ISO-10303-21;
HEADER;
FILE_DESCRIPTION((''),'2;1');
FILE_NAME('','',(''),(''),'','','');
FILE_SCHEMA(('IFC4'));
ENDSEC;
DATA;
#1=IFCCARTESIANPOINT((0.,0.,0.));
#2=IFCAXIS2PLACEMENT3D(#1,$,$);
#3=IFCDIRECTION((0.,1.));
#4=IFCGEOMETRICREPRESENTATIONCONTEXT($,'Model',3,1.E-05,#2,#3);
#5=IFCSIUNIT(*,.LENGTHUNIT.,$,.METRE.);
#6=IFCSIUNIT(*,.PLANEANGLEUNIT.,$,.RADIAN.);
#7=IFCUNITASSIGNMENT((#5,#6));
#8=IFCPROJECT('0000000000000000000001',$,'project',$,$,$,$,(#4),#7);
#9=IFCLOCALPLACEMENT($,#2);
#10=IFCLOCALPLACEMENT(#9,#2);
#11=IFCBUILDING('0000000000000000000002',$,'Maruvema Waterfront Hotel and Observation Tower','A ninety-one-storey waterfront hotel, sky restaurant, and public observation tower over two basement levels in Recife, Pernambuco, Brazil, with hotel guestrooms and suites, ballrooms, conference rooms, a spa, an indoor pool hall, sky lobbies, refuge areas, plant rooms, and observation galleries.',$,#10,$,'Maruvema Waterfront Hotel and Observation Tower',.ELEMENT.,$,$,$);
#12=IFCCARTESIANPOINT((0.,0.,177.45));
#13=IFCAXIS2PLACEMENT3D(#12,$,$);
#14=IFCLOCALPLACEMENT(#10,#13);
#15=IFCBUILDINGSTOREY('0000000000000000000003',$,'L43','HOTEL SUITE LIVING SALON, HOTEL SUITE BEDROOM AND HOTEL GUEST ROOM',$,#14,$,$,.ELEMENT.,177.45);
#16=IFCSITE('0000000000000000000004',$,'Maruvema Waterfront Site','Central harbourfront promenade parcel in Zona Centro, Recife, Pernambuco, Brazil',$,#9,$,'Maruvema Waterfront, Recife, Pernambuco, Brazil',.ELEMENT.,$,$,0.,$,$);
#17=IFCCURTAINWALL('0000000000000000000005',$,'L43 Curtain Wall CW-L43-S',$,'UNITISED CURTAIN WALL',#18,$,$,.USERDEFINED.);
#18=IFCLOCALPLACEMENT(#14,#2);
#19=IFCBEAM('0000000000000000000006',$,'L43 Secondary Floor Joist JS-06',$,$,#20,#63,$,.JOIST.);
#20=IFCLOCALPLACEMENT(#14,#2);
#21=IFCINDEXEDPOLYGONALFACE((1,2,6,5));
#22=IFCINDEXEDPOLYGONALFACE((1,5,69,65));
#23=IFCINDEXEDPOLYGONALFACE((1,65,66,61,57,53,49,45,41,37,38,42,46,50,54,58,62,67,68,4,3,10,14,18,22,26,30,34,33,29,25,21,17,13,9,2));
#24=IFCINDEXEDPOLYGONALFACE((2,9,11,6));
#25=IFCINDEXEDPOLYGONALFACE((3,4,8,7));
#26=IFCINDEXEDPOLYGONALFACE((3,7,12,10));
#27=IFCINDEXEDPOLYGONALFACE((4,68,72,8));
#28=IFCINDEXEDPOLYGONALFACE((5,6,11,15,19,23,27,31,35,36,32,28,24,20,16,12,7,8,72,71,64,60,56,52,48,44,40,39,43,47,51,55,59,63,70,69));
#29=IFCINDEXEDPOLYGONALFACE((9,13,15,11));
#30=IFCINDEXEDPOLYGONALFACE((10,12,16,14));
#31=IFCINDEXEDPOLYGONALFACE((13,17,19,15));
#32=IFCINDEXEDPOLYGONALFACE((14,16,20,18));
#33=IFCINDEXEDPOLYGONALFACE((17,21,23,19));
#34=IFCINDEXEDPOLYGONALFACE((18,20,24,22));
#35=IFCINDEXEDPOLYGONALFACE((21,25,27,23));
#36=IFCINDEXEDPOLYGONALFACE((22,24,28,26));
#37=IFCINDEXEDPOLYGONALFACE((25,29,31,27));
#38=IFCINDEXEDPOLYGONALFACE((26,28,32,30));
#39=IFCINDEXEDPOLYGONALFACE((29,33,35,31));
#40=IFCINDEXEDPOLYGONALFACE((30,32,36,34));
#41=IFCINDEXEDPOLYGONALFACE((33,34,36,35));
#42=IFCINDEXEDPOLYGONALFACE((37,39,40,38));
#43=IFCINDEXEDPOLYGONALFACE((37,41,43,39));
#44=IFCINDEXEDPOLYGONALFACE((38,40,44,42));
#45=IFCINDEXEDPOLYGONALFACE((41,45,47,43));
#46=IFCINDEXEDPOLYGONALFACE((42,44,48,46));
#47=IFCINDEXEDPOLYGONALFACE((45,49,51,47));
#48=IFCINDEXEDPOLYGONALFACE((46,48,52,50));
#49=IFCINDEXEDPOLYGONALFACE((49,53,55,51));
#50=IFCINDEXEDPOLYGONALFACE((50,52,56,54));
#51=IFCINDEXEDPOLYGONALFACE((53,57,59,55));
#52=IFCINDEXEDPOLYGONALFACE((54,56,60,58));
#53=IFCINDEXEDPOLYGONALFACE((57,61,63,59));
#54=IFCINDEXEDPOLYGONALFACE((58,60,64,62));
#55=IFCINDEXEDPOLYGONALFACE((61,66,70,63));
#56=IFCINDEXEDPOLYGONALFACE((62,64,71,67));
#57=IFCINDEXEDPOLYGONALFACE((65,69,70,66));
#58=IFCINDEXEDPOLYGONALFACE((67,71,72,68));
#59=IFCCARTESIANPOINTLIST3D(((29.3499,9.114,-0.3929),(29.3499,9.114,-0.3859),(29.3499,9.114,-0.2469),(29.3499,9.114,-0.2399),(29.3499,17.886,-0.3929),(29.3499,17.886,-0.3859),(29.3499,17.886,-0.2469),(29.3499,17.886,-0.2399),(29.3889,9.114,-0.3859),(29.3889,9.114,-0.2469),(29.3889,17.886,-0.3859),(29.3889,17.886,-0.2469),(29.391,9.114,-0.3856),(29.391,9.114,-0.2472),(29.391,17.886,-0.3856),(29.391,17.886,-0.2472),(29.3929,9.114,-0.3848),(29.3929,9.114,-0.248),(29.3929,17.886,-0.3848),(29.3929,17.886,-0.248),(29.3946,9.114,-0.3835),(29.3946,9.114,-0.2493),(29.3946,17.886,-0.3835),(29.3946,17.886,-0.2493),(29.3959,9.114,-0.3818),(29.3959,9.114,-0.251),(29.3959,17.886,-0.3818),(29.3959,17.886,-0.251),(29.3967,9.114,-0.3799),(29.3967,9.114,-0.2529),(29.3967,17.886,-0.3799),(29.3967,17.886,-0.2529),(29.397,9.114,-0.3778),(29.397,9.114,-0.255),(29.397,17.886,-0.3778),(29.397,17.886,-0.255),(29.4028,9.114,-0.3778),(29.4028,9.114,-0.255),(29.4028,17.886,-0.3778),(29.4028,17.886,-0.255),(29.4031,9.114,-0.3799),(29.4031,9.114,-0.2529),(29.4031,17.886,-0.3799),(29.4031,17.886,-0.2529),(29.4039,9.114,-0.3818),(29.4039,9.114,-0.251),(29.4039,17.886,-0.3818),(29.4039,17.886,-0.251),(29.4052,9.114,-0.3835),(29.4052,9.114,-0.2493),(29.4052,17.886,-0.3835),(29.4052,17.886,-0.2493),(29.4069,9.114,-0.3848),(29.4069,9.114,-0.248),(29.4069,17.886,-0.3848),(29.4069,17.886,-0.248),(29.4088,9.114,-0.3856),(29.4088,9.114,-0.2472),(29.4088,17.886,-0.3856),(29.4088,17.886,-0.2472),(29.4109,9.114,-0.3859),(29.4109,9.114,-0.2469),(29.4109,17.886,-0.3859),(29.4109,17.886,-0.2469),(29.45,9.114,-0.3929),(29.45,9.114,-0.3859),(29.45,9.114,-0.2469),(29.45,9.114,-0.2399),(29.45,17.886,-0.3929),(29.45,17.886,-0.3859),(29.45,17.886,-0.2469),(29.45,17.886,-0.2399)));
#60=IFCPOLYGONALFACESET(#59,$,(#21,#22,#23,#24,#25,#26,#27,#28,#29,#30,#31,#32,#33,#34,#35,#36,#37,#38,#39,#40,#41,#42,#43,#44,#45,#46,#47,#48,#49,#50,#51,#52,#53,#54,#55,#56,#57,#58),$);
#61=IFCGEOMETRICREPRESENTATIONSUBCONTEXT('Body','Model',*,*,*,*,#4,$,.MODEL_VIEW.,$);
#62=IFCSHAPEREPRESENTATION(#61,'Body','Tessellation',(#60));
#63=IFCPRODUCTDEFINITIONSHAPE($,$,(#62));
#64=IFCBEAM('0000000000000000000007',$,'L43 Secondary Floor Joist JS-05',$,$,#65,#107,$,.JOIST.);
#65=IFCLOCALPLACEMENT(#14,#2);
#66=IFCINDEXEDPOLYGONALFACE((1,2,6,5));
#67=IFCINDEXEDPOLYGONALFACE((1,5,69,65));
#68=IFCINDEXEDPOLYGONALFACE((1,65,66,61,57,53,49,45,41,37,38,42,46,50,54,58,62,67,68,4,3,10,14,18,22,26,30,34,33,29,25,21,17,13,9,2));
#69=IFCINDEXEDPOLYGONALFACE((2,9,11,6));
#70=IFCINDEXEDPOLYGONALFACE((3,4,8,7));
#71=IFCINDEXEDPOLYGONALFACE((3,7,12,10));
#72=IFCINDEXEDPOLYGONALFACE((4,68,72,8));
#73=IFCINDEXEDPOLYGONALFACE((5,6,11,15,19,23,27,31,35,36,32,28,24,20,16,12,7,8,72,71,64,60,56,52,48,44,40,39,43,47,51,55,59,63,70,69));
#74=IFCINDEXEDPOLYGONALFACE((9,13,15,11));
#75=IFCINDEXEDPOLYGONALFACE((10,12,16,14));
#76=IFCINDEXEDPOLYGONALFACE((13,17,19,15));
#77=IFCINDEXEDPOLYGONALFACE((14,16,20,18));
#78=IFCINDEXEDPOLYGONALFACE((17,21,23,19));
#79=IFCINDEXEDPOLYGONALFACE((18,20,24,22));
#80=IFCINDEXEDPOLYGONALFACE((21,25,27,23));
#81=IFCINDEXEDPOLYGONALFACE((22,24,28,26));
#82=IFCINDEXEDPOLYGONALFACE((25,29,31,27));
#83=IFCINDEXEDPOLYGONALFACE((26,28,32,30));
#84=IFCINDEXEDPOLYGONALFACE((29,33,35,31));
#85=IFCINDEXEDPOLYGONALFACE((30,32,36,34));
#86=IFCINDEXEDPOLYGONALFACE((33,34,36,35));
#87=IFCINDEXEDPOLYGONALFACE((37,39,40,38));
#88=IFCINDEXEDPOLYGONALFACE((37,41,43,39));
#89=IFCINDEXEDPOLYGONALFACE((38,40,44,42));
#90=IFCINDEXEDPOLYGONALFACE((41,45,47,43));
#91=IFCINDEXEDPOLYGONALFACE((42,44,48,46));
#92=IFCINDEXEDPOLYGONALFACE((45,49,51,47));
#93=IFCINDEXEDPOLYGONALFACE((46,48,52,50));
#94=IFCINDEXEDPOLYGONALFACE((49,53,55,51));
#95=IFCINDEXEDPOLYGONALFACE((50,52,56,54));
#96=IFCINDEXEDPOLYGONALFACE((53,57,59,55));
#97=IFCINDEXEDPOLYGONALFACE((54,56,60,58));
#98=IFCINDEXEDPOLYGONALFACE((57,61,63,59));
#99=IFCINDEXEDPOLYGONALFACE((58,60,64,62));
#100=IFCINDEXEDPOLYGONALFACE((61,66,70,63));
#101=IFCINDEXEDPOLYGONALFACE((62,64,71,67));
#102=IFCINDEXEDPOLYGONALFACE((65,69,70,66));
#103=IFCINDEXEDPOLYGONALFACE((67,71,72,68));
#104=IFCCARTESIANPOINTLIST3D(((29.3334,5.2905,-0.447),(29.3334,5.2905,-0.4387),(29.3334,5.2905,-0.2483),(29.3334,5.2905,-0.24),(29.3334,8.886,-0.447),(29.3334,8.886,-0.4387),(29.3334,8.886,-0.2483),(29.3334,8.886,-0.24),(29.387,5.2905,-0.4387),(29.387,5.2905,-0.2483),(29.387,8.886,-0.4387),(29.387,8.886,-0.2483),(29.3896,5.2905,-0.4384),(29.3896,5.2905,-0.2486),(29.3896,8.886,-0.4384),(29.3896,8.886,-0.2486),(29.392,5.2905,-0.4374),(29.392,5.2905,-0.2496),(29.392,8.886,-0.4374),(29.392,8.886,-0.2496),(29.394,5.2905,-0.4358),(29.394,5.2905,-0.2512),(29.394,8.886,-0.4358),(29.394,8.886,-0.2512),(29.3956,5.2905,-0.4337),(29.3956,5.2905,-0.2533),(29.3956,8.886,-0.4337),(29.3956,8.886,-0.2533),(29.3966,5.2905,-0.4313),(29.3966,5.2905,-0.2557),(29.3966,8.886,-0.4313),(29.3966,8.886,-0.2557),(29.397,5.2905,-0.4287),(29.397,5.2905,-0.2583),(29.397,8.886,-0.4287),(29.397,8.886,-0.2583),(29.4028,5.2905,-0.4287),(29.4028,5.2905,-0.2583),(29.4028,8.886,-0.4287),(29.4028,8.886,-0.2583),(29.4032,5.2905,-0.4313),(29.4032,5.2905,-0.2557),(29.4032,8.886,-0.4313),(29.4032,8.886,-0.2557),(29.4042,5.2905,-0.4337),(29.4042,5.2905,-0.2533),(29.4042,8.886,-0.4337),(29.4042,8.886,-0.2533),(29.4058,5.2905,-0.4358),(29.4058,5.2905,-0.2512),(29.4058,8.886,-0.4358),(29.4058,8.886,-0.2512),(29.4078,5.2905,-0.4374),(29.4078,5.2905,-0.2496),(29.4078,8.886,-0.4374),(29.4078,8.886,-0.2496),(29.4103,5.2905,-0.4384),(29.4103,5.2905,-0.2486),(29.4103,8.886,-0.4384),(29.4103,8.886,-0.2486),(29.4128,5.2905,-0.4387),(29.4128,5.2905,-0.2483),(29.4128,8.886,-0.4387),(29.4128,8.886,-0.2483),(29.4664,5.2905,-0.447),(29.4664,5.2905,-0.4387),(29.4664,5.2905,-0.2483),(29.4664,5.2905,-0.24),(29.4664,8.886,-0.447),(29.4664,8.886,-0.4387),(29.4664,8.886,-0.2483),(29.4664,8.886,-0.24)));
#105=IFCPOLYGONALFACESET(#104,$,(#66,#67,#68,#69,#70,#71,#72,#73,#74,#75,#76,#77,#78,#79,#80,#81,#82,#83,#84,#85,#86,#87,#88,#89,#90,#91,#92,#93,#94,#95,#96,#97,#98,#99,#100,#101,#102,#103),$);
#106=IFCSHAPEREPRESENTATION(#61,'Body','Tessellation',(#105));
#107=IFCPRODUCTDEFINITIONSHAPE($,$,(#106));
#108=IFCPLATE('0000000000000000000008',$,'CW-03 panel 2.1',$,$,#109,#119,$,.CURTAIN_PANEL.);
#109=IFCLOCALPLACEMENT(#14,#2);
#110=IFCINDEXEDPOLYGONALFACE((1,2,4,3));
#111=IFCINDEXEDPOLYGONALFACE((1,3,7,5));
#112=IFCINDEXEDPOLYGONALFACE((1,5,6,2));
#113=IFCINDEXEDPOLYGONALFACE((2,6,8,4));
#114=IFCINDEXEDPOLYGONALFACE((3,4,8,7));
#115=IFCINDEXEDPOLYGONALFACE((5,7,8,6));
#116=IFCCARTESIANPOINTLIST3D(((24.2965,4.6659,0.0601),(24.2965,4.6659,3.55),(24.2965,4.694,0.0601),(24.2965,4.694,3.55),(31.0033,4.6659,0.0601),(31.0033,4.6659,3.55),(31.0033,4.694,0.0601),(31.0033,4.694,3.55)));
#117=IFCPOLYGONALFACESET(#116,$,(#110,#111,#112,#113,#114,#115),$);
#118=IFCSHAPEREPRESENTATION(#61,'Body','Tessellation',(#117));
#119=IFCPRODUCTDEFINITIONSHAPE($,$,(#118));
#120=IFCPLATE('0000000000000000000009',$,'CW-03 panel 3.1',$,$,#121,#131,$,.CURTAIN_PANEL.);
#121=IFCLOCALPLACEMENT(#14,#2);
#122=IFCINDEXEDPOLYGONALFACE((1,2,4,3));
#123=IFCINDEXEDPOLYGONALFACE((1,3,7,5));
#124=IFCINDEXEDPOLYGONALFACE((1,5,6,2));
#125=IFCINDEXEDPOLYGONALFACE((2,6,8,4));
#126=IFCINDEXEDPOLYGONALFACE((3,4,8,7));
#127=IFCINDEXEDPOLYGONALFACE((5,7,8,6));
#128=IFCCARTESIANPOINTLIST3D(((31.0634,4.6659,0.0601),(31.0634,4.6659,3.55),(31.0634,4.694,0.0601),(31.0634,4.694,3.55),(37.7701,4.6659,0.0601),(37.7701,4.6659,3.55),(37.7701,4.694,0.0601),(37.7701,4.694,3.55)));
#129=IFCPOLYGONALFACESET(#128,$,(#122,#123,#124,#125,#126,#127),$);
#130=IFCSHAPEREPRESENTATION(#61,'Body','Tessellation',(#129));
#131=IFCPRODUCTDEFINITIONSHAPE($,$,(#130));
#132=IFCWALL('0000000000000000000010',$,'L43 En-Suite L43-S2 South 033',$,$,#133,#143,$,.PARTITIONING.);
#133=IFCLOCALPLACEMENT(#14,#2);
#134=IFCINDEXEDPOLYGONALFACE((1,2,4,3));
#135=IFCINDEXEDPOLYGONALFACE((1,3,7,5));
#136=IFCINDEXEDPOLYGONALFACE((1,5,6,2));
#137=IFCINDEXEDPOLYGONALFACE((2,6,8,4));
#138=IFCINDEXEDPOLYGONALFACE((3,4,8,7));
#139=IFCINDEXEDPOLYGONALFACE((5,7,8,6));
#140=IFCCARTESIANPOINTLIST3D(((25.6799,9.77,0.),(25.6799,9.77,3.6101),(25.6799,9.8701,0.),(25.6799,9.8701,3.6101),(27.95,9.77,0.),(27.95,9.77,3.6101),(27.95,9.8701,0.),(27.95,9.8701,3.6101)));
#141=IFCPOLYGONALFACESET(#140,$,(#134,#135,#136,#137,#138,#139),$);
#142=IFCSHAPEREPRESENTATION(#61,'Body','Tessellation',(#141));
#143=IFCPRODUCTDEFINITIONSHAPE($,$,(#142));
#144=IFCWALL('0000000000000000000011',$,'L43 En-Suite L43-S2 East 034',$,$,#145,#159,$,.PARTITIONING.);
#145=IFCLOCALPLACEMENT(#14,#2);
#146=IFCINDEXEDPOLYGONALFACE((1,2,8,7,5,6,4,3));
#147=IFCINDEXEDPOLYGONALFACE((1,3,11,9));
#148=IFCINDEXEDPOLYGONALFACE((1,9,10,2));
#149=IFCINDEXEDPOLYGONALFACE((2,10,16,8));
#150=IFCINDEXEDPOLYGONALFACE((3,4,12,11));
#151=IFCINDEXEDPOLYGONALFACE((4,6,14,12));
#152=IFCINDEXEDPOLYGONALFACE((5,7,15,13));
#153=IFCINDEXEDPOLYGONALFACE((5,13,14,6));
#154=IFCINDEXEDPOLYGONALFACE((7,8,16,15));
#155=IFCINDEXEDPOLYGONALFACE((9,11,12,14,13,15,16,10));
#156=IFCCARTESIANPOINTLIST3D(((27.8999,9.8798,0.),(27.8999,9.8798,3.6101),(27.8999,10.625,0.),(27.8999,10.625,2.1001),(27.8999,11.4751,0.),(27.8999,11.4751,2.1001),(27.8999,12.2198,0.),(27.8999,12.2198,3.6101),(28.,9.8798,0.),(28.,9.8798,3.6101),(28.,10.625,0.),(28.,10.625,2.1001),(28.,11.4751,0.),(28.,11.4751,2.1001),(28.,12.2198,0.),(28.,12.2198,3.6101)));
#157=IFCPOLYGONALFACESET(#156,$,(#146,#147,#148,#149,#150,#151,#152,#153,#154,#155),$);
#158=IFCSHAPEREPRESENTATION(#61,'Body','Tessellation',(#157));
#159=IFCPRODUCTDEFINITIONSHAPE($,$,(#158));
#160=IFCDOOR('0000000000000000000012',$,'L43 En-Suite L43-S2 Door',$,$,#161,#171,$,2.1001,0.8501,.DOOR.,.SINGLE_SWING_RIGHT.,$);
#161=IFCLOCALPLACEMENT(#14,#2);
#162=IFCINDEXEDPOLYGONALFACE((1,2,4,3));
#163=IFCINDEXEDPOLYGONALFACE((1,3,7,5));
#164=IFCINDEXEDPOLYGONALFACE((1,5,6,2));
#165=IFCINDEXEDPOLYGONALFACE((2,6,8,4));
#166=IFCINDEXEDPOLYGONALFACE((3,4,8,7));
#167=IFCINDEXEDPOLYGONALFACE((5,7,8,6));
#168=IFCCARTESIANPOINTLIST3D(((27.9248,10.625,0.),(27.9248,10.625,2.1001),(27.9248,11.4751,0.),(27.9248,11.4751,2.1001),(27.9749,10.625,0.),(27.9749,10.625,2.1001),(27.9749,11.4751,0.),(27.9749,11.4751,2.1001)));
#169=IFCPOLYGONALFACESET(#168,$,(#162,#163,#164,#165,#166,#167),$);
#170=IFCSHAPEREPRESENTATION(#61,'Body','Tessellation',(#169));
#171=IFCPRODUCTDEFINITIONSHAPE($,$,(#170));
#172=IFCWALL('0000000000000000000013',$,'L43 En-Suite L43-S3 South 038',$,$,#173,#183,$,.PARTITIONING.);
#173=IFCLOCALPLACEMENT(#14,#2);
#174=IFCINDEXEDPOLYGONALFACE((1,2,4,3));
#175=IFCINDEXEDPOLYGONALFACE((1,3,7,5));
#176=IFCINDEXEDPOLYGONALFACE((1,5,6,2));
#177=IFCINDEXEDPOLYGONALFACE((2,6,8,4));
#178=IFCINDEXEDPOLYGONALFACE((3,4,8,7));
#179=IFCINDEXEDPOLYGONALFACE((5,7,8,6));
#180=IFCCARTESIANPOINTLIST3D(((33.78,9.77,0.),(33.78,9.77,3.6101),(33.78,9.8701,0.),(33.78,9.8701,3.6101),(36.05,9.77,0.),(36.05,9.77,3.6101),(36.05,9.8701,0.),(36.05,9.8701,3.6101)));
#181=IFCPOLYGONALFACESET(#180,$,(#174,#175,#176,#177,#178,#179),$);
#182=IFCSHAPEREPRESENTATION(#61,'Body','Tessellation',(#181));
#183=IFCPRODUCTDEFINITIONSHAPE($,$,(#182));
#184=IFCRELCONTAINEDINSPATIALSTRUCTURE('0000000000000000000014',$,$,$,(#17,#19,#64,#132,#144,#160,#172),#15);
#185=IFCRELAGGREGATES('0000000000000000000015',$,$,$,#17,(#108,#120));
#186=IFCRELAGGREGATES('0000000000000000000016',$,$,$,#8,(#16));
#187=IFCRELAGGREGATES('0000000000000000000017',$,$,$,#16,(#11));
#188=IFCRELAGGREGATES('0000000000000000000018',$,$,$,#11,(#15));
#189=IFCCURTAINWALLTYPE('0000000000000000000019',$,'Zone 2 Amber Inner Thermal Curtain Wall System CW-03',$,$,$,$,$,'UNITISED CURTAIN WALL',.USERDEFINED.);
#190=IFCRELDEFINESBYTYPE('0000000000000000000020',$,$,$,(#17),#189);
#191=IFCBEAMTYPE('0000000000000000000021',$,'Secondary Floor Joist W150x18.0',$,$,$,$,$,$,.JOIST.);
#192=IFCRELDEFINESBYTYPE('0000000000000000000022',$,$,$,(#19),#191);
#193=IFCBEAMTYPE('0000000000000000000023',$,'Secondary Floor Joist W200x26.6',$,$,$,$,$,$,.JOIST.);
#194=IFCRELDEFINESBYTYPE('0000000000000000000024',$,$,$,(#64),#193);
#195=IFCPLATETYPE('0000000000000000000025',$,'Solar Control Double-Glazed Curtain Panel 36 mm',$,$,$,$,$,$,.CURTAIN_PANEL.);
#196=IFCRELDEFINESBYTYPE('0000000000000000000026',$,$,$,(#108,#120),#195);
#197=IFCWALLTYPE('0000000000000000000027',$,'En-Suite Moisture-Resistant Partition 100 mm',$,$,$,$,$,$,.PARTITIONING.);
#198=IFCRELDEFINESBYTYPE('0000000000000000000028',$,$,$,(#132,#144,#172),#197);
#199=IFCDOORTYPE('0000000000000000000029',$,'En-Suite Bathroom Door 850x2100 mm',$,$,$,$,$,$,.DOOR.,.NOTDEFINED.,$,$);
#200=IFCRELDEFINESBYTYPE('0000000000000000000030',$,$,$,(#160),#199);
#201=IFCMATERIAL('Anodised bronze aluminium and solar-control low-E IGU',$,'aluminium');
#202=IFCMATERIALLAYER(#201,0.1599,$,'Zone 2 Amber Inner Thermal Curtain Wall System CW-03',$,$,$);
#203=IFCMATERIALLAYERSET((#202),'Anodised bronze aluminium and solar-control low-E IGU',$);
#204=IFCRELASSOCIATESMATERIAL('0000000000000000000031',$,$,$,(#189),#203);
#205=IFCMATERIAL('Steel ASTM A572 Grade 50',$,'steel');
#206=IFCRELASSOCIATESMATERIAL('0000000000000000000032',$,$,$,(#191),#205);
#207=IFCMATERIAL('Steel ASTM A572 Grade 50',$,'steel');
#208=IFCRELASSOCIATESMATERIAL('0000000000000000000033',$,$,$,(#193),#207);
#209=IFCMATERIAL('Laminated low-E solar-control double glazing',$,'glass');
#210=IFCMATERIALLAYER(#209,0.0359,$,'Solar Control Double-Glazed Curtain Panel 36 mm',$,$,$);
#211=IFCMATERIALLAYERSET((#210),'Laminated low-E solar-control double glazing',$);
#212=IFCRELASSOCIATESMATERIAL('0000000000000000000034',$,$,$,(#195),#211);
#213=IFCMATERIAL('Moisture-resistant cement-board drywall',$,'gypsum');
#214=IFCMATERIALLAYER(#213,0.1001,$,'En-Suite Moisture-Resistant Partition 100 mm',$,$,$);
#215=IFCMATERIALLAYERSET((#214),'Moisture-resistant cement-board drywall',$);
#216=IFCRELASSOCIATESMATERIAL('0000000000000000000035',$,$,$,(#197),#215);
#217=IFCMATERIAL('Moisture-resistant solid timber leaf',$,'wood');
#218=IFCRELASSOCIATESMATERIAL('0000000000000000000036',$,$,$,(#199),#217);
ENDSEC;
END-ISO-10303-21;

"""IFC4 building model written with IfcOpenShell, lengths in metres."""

from ifc_helpers import new_model, si_unit, direction, frame, frame_2d, origin, origin_2d, place, context, subcontext, project, spatial, rectangle, i_section, extrude, material, layer, layer_set, material_profile, profile_set, type_object, element, fill, aggregate, save


model = new_model("IFC4")

# Units and contexts
model_context = context("Model", 3, precision=1e-05, world=origin(), true_north=direction((0.0, 1.0)))
body_context = subcontext(model_context, "Body", "Model", "MODEL_VIEW")
ifc_project = project(units=[si_unit("LENGTHUNIT", "METRE"), si_unit("PLANEANGLEUNIT", "RADIAN")], contexts=[model_context])

# Site, building, storey
site_placement = place(None, origin())
site = spatial("IfcSite", under=ifc_project, at=site_placement, Name="Maruvema Waterfront Site", Description="Central harbourfront promenade parcel in Zona Centro, Recife, Pernambuco, Brazil", LongName="Maruvema Waterfront, Recife, Pernambuco, Brazil", CompositionType="ELEMENT", RefElevation=0.0)
building_placement = place(site_placement, origin())
building = spatial("IfcBuilding", under=site, at=building_placement, Name="Maruvema Waterfront Hotel and Observation Tower", Description="A ninety-one-storey waterfront hotel, sky restaurant, and public observation tower over two basement levels in Recife, Pernambuco, Brazil, with hotel guestrooms and suites, ballrooms, conference rooms, a spa, an indoor pool hall, sky lobbies, refuge areas, plant rooms, and observation galleries.", LongName="Maruvema Waterfront Hotel and Observation Tower", CompositionType="ELEMENT")
storey_placement = place(building_placement, frame((0.0, 0.0, 177.45)))
storey = spatial("IfcBuildingStorey", under=building, at=storey_placement, Name="L43", Description="HOTEL SUITE LIVING SALON, HOTEL SUITE BEDROOM AND HOTEL GUEST ROOM", CompositionType="ELEMENT", Elevation=177.45)

# Curtain wall
ifc_material_1 = material(Name="Anodised bronze aluminium and solar-control low-E IGU", Category="aluminium")
ifc_layer_1 = layer(ifc_material_1, 0.1599, Name="Zone 2 Amber Inner Thermal Curtain Wall System CW-03")
ifc_layer_set_1 = layer_set([ifc_layer_1], Name="Anodised bronze aluminium and solar-control low-E IGU")
curtain_wall_type = type_object("IfcCurtainWallType", Name="Zone 2 Amber Inner Thermal Curtain Wall System CW-03", ElementType="UNITISED CURTAIN WALL", PredefinedType="USERDEFINED", material=ifc_layer_set_1)
curtain_wall_placement = place(storey_placement, origin())
curtain_wall = element("IfcCurtainWall", 1, at=curtain_wall_placement, inside=storey, type_object=curtain_wall_type, Name="L43 Curtain Wall CW-L43-S", ObjectType="UNITISED CURTAIN WALL", PredefinedType="USERDEFINED")

# Beams
ifc_material_2 = material(Name="Steel ASTM A572 Grade 50", Category="steel")
ifc_material_profile_1 = material_profile(ifc_material_2, i_section(OverallWidth=0.1001, OverallDepth=0.1531, WebThickness=0.0059, FlangeThickness=0.0071, FilletRadius=0.0081, at=origin_2d()), Name="W150x18.0")
ifc_profile_set_1 = profile_set([ifc_material_profile_1], Name="Steel ASTM A572 Grade 50")
beam_type_1 = type_object("IfcBeamType", Name="Secondary Floor Joist W150x18.0", PredefinedType="JOIST", material=ifc_profile_set_1)
beam_1_placement = place(storey_placement, frame((29.3999, 9.114, -0.3164), z_axis=(0.0, 1.0, 0.0), x_axis=(-1.0, 0.0, 0.0)))
element("IfcBeam", 2, at=beam_1_placement, inside=storey, type_object=beam_type_1, Name="L43 Secondary Floor Joist JS-06", PredefinedType="JOIST", context=body_context, shape_type="SweptSolid", body=[
    extrude(i_section(OverallWidth=0.1001, OverallDepth=0.1531, WebThickness=0.0059, FlangeThickness=0.0071, FilletRadius=0.0081, at=origin_2d()), origin(), (0.0, 0.0, 1.0), 8.772),
])
ifc_material_3 = material(Name="Steel ASTM A572 Grade 50", Category="steel")
ifc_material_profile_2 = material_profile(ifc_material_3, i_section(OverallWidth=0.1331, OverallDepth=0.207, WebThickness=0.0059, FlangeThickness=0.0083, FilletRadius=0.01, at=origin_2d()), Name="W200x26.6")
ifc_profile_set_2 = profile_set([ifc_material_profile_2], Name="Steel ASTM A572 Grade 50")
beam_type_2 = type_object("IfcBeamType", Name="Secondary Floor Joist W200x26.6", PredefinedType="JOIST", material=ifc_profile_set_2)
beam_2_placement = place(storey_placement, frame((29.3999, 5.2905, -0.3435), z_axis=(0.0, 1.0, 0.0), x_axis=(-1.0, 0.0, 0.0)))
element("IfcBeam", 3, at=beam_2_placement, inside=storey, type_object=beam_type_2, Name="L43 Secondary Floor Joist JS-05", PredefinedType="JOIST", context=body_context, shape_type="SweptSolid", body=[
    extrude(i_section(OverallWidth=0.1331, OverallDepth=0.207, WebThickness=0.0059, FlangeThickness=0.0083, FilletRadius=0.01, at=origin_2d()), origin(), (0.0, 0.0, 1.0), 3.5955),
])

# Plates
ifc_material_4 = material(Name="Laminated low-E solar-control double glazing", Category="glass")
ifc_layer_2 = layer(ifc_material_4, 0.0359, Name="Solar Control Double-Glazed Curtain Panel 36 mm")
ifc_layer_set_2 = layer_set([ifc_layer_2], Name="Laminated low-E solar-control double glazing")
plate_type = type_object("IfcPlateType", Name="Solar Control Double-Glazed Curtain Panel 36 mm", PredefinedType="CURTAIN_PANEL", material=ifc_layer_set_2)
plate_1_placement = place(storey_placement, frame((27.6499, 4.6799, 0.0601), z_axis=(0.0, 0.0, 1.0), x_axis=(1.0, 0.0, 0.0)))
plate_1 = element("IfcPlate", 4, at=plate_1_placement, type_object=plate_type, Name="CW-03 panel 2.1", PredefinedType="CURTAIN_PANEL", context=body_context, shape_type="SweptSolid", body=[
    extrude(rectangle(XDim=6.7068, YDim=0.0281, at=origin_2d()), origin(), (0.0, 0.0, 1.0), 3.49),
])
plate_2_placement = place(storey_placement, frame((34.4167, 4.6799, 0.0601), z_axis=(0.0, 0.0, 1.0), x_axis=(1.0, 0.0, 0.0)))
plate_2 = element("IfcPlate", 5, at=plate_2_placement, type_object=plate_type, Name="CW-03 panel 3.1", PredefinedType="CURTAIN_PANEL", context=body_context, shape_type="SweptSolid", body=[
    extrude(rectangle(XDim=6.7068, YDim=0.0281, at=origin_2d()), origin(), (0.0, 0.0, 1.0), 3.49),
])
aggregate(curtain_wall, [plate_1, plate_2])

# Wall
ifc_material_5 = material(Name="Moisture-resistant cement-board drywall", Category="gypsum")
ifc_layer_3 = layer(ifc_material_5, 0.1001, Name="En-Suite Moisture-Resistant Partition 100 mm")
ifc_layer_set_3 = layer_set([ifc_layer_3], Name="Moisture-resistant cement-board drywall")
wall_type_1 = type_object("IfcWallType", Name="En-Suite Moisture-Resistant Partition 100 mm", PredefinedType="PARTITIONING", material=ifc_layer_set_3)
wall_1_placement = place(storey_placement, frame((25.6799, 9.8201, 0.0), z_axis=(0.0, 0.0, 1.0), x_axis=(1.0, 0.0, 0.0)))
element("IfcWall", 6, at=wall_1_placement, inside=storey, type_object=wall_type_1, Name="L43 En-Suite L43-S2 South 033", PredefinedType="PARTITIONING", context=body_context, shape_type="SweptSolid", body=[
    extrude(rectangle(XDim=2.27, YDim=0.1001, at=frame_2d((1.135, 0.0))), origin(), (0.0, 0.0, 1.0), 3.6101),
])

# Wall, opening, door
wall_2_placement = place(storey_placement, frame((27.95, 9.8799, 0.0), z_axis=(0.0, 0.0, 1.0), x_axis=(0.0, 1.0, 0.0)))
wall_2 = element("IfcWall", 7, at=wall_2_placement, inside=storey, type_object=wall_type_1, Name="L43 En-Suite L43-S2 East 034", PredefinedType="PARTITIONING", context=body_context, shape_type="SweptSolid", body=[
    extrude(rectangle(XDim=2.3401, YDim=0.1001, at=frame_2d((1.1699, 0.0))), origin(), (0.0, 0.0, 1.0), 3.6101),
])
opening_placement = place(wall_2_placement, frame((0.7451, 0.0, 0.0)))
opening = element("IfcOpeningElement", 8, at=opening_placement, cuts=wall_2, PredefinedType="OPENING", context=body_context, shape_type="SweptSolid", body=[
    extrude(rectangle(XDim=0.8501, YDim=2.1001, at=frame_2d((0.425, 1.05))), frame((0.0, 0.0601, 0.0), z_axis=(0.0, -1.0, 0.0), x_axis=(1.0, 0.0, 0.0)), (0.0, 0.0, 1.0), 0.1201),
])
ifc_material_6 = material(Name="Moisture-resistant solid timber leaf", Category="wood")
door_type = type_object("IfcDoorType", Name="En-Suite Bathroom Door 850x2100 mm", OperationType="NOTDEFINED", PredefinedType="DOOR", material=ifc_material_6)
door_placement = place(opening_placement, frame((0.8501, 0.0, 0.0), z_axis=(0.0, 0.0, 1.0), x_axis=(-1.0, 0.0, 0.0)))
door = element("IfcDoor", 9, at=door_placement, inside=storey, type_object=door_type, Name="L43 En-Suite L43-S2 Door", OperationType="SINGLE_SWING_RIGHT", OverallHeight=2.1001, OverallWidth=0.8501, PredefinedType="DOOR", context=body_context, shape_type="SweptSolid", body=[
    extrude(rectangle(XDim=0.8501, YDim=2.1001, at=frame_2d((0.425, 1.05))), frame((0.0, 0.0249, 0.0), z_axis=(0.0, -1.0, 0.0), x_axis=(1.0, 0.0, 0.0)), (0.0, 0.0, 1.0), 0.05),
])
fill(opening, door)

# Wall
wall_3_placement = place(storey_placement, frame((33.78, 9.8201, 0.0), z_axis=(0.0, 0.0, 1.0), x_axis=(1.0, 0.0, 0.0)))
element("IfcWall", 10, at=wall_3_placement, inside=storey, type_object=wall_type_1, Name="L43 En-Suite L43-S3 South 038", PredefinedType="PARTITIONING", context=body_context, shape_type="SweptSolid", body=[
    extrude(rectangle(XDim=2.27, YDim=0.1001, at=frame_2d((1.135, 0.0))), origin(), (0.0, 0.0, 1.0), 3.6101),
])

save(model, "model.ifc")
